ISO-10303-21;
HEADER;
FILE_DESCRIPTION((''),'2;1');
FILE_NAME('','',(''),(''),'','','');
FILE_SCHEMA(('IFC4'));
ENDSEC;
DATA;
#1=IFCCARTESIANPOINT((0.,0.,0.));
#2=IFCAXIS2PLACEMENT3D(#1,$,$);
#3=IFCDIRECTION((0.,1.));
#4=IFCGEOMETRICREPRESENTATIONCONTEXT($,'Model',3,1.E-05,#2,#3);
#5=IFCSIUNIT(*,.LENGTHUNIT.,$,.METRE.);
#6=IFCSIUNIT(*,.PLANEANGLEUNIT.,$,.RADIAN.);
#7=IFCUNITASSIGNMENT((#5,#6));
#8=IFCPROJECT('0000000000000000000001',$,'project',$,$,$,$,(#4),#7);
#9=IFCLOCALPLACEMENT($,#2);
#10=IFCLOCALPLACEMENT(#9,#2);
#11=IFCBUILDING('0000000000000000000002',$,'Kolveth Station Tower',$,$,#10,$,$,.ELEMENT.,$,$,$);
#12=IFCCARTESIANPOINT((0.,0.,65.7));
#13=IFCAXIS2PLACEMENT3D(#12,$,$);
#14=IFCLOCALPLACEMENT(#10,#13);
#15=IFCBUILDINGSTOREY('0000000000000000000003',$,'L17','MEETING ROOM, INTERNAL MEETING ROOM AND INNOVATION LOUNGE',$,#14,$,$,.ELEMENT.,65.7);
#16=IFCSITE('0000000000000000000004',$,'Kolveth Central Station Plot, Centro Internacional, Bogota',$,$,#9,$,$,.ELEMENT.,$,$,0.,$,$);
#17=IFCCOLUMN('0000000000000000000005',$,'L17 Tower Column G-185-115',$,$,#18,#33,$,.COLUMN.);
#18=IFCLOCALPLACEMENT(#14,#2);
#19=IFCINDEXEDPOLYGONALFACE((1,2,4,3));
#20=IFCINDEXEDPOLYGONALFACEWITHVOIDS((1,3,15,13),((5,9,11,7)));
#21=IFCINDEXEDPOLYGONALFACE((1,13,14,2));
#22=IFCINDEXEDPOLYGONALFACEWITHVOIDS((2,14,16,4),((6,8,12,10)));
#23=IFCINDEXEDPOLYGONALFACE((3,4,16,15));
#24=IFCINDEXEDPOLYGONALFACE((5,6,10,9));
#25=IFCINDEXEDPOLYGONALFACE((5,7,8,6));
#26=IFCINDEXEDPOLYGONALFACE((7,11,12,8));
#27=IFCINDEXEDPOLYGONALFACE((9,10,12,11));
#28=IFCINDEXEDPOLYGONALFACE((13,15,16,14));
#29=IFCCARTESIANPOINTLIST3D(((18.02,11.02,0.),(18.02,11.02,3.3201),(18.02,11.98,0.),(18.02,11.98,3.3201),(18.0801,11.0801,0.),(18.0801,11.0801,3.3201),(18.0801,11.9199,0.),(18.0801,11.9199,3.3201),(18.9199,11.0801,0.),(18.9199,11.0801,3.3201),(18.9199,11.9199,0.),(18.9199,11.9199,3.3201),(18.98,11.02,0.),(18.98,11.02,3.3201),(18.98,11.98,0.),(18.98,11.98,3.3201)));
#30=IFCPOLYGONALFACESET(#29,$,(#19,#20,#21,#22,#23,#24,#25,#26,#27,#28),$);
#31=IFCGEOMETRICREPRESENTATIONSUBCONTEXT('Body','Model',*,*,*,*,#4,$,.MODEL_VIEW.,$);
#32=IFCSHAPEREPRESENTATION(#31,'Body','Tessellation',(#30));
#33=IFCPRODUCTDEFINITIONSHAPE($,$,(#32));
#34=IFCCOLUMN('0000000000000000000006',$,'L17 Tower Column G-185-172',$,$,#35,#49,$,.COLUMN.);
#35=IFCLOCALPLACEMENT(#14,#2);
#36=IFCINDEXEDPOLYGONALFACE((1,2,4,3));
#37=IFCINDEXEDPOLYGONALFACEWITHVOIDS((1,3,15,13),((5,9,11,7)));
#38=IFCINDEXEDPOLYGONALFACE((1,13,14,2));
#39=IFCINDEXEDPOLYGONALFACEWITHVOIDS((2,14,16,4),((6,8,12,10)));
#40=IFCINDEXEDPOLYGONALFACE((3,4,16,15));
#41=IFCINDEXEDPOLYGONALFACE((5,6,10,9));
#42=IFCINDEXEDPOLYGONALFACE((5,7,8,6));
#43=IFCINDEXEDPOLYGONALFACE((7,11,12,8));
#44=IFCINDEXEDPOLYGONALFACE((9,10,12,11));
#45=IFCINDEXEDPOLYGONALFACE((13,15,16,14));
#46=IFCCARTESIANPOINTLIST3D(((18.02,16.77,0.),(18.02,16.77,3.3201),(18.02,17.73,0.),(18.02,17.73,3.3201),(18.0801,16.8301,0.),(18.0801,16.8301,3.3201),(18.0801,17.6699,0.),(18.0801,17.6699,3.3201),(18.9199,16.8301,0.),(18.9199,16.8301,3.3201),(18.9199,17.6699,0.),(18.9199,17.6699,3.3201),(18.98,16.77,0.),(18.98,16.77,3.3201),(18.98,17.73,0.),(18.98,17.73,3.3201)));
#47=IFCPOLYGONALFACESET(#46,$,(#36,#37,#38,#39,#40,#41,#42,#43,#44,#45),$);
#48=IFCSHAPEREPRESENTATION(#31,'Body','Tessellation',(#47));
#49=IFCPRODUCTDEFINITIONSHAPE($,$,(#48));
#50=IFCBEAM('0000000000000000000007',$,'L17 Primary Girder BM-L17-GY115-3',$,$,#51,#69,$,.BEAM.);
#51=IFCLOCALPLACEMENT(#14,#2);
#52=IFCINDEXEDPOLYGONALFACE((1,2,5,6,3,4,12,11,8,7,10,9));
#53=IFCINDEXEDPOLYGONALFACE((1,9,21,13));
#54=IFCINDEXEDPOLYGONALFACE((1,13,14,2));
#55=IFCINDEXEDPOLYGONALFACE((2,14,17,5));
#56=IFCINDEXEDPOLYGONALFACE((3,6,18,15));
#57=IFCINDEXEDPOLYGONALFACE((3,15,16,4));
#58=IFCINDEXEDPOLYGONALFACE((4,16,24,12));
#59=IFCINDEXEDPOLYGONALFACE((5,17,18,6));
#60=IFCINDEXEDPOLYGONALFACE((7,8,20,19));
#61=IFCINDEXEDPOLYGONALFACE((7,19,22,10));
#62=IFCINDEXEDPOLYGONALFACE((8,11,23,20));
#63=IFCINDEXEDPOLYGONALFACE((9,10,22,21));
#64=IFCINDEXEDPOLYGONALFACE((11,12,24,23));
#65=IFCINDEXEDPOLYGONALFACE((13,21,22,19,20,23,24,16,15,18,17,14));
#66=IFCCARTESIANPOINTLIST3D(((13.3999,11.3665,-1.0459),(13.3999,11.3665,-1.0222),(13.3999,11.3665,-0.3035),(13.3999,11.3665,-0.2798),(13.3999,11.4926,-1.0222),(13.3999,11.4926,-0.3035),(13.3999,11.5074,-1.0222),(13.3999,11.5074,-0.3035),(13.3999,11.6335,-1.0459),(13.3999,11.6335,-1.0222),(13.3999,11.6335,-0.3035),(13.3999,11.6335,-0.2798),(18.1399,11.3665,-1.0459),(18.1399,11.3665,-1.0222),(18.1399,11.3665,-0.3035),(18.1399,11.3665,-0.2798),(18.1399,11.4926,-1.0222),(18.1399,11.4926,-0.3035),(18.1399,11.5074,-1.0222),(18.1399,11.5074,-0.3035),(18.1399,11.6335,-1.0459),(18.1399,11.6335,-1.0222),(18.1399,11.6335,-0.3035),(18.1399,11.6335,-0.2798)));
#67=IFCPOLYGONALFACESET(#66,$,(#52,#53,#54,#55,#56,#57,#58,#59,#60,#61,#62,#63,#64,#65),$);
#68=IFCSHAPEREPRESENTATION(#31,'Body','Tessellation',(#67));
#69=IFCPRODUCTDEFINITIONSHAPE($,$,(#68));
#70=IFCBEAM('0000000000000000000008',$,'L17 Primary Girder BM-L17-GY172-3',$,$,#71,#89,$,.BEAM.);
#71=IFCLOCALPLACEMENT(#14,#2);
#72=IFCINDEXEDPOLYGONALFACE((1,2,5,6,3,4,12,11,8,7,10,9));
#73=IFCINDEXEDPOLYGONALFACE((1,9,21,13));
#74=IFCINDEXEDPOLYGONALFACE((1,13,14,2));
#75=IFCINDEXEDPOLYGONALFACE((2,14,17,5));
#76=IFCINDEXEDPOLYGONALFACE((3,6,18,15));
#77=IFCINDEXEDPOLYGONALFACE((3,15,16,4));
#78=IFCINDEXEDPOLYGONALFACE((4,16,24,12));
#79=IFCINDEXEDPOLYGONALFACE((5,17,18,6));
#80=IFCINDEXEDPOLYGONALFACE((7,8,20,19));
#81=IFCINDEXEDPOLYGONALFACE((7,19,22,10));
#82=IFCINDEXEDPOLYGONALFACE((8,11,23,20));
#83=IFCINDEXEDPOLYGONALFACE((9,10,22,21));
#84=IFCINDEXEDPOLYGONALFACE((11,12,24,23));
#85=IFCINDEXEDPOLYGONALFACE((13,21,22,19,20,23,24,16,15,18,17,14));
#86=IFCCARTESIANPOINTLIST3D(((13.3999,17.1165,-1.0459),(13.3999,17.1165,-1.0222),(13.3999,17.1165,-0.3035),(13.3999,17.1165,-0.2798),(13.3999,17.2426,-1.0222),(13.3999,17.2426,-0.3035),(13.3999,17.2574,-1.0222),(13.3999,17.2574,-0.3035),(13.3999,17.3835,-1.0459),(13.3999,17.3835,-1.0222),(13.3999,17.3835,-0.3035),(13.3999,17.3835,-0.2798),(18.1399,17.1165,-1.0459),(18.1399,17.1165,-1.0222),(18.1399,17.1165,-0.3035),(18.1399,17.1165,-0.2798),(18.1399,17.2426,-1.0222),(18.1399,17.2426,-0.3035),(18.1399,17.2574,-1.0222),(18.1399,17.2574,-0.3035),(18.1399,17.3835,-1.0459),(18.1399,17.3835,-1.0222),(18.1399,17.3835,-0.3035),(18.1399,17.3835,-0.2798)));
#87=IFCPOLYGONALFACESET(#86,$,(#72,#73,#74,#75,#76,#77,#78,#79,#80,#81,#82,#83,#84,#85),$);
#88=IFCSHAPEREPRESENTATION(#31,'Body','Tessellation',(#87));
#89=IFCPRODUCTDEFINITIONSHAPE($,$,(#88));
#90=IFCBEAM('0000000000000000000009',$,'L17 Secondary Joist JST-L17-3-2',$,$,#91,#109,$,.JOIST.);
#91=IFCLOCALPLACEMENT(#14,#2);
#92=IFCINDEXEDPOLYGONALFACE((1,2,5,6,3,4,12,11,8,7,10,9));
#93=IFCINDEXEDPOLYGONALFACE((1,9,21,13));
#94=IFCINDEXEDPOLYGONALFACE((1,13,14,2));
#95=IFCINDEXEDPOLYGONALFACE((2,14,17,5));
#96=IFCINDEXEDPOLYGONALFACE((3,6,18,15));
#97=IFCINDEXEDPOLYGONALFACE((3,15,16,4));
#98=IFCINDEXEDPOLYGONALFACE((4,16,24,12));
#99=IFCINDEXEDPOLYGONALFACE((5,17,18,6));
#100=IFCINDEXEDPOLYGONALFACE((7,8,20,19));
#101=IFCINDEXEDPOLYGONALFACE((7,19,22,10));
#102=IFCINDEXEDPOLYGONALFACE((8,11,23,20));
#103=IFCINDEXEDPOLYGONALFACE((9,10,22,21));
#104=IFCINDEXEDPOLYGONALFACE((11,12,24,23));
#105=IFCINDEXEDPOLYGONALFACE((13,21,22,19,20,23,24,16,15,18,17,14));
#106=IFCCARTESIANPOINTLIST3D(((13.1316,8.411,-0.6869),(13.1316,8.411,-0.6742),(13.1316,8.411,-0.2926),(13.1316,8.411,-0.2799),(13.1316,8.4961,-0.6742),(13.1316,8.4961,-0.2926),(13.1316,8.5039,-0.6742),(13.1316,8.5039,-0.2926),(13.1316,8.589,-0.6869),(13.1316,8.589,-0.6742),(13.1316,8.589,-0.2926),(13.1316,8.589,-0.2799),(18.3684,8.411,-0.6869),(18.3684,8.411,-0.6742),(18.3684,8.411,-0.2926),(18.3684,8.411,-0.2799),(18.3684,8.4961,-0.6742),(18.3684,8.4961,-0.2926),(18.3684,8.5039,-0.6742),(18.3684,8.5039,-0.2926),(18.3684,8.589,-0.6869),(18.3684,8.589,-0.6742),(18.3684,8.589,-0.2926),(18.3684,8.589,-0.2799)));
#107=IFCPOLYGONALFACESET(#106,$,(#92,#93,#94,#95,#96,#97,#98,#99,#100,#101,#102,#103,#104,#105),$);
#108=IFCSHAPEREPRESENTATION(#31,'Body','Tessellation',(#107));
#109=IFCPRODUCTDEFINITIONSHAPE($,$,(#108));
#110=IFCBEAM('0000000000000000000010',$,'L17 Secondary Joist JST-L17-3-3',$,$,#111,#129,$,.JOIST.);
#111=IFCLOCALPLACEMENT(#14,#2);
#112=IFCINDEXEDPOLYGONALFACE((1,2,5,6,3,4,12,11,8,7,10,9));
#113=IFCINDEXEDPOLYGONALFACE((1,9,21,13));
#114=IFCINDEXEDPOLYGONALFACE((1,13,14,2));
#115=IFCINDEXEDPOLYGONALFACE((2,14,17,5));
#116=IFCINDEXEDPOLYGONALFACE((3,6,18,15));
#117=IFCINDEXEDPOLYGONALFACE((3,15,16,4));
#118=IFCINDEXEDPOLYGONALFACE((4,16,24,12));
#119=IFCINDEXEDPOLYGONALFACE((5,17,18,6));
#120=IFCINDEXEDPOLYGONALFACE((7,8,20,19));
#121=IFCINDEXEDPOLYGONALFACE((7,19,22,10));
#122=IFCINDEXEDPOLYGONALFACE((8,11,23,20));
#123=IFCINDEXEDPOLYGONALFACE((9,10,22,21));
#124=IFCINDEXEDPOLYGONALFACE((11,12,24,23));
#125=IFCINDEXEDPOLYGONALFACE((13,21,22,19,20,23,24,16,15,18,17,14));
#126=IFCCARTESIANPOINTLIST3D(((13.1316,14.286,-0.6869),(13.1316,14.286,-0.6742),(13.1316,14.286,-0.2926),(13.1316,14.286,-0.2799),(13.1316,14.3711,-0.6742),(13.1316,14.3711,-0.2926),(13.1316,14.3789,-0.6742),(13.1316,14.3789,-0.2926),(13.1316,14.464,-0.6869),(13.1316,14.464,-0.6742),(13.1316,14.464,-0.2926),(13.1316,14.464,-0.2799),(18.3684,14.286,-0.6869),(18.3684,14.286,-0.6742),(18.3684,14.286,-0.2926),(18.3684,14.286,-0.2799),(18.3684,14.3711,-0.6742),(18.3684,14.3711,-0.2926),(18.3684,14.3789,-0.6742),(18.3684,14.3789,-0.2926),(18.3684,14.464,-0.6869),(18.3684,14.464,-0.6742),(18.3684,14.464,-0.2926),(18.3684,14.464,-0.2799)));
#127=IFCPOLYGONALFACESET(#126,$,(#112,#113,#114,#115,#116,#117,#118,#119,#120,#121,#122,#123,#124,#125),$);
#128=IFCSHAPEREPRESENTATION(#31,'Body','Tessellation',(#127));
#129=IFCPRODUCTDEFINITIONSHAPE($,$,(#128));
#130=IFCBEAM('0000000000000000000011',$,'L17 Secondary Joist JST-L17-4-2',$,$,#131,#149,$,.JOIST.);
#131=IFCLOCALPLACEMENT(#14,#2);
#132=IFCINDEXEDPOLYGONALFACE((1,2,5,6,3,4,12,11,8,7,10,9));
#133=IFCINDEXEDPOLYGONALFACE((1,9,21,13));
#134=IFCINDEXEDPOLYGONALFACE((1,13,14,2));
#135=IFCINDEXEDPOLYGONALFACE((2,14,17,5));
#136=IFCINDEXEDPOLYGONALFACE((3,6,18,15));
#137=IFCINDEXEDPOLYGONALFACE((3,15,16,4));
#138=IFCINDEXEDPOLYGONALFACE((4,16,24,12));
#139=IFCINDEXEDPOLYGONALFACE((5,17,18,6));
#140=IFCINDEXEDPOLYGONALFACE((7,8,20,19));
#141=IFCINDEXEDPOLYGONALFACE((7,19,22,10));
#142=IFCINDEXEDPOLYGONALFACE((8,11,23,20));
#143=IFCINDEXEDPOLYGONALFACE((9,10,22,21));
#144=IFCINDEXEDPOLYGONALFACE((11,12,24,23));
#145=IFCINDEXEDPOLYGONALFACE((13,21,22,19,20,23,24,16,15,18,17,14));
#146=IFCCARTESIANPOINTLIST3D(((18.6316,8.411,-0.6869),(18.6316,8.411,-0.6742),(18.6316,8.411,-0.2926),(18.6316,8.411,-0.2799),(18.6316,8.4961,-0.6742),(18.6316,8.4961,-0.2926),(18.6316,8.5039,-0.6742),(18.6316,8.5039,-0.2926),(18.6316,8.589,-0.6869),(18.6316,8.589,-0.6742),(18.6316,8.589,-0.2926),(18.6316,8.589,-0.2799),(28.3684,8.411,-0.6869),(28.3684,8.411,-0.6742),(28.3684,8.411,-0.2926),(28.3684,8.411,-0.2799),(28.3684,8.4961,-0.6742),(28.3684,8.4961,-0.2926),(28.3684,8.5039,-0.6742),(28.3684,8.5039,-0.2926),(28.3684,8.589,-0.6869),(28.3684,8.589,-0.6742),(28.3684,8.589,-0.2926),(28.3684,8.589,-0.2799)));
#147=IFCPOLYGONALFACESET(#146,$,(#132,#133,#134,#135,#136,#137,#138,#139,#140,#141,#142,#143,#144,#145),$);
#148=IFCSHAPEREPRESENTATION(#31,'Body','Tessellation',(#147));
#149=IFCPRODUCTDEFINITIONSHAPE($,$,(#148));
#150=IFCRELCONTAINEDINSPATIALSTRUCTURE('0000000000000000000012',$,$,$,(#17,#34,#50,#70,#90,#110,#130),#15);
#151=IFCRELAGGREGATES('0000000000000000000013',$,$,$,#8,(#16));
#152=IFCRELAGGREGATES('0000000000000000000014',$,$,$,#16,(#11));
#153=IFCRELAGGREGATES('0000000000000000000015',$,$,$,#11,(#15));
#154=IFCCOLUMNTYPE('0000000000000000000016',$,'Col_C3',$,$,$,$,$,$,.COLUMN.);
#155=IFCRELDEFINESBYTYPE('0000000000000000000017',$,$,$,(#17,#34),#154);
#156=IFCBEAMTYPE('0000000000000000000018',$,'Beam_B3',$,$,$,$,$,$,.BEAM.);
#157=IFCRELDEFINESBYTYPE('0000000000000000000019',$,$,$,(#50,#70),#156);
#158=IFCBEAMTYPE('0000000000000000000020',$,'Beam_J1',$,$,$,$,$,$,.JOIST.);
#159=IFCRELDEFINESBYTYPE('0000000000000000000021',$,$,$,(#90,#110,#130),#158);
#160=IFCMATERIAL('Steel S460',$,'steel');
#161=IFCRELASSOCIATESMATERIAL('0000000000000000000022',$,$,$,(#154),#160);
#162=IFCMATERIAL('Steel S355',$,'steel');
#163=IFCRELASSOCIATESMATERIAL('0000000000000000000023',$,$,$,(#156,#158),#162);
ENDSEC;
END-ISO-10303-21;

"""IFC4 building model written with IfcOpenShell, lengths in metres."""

from ifc_helpers import new_model, si_unit, direction, frame, origin, origin_2d, place, context, subcontext, project, spatial, hollow_rectangle, i_section, extrude, source, transform, mapped, material, material_profile, profile_set, type_object, element, save


model = new_model("IFC4")

# Units and contexts
model_context = context("Model", 3, precision=1e-05, world=origin(), true_north=direction((0.0, 1.0)))
body_context = subcontext(model_context, "Body", "Model", "MODEL_VIEW")
ifc_project = project(units=[si_unit("LENGTHUNIT", "METRE"), si_unit("PLANEANGLEUNIT", "RADIAN")], contexts=[model_context])

# Site, building, storey
site_placement = place(None, origin())
site = spatial("IfcSite", under=ifc_project, at=site_placement, Name="Kolveth Central Station Plot, Centro Internacional, Bogota", CompositionType="ELEMENT", RefElevation=0.0)
building_placement = place(site_placement, origin())
building = spatial("IfcBuilding", under=site, at=building_placement, Name="Kolveth Station Tower", CompositionType="ELEMENT")
storey_placement = place(building_placement, frame((0.0, 0.0, 65.7)))
storey = spatial("IfcBuildingStorey", under=building, at=storey_placement, Name="L17", Description="MEETING ROOM, INTERNAL MEETING ROOM AND INNOVATION LOUNGE", CompositionType="ELEMENT", Elevation=65.7)

# Columns
ifc_material_1 = material(Name="Steel S460", Category="steel")
ifc_material_profile_1 = material_profile(ifc_material_1, hollow_rectangle(XDim=0.96, YDim=0.96, WallThickness=0.0601, at=origin_2d()), Name="BOX960x960x60")
ifc_profile_set_1 = profile_set([ifc_material_profile_1], Name="Steel S460")
column_type = type_object("IfcColumnType", Name="Col_C3", PredefinedType="COLUMN", material=ifc_profile_set_1)
shared_shape_1 = source(origin(), body_context, "Body", "SweptSolid", [
    extrude(hollow_rectangle(XDim=0.96, YDim=0.96, WallThickness=0.0601, at=origin_2d()), origin(), (0.0, 0.0, 1.0), 3.3201),
])
for number, where, z_axis, x_axis, name in (
    (1, (18.5, 11.5, 0.0), (0.0, 0.0, 1.0), (1.0, 0.0, 0.0), "L17 Tower Column G-185-115"),
    (2, (18.5, 17.25, 0.0), (0.0, 0.0, 1.0), (1.0, 0.0, 0.0), "L17 Tower Column G-185-172"),
):
    element("IfcColumn", number, at=place(storey_placement, frame(where, z_axis=z_axis, x_axis=x_axis)), inside=storey, type_object=column_type, Name=name, PredefinedType="COLUMN", context=body_context, shape_type="MappedRepresentation", body=[
        mapped(shared_shape_1, transform((0.0, 0.0, 0.0), x_axis=(1.0, 0.0, 0.0), y_axis=(0.0, 1.0, 0.0), z_axis=(0.0, 0.0, 1.0), scale=1.0)),
    ])

# Beams
ifc_material_2 = material(Name="Steel S355", Category="steel")
ifc_material_profile_2 = material_profile(ifc_material_2, i_section(OverallWidth=0.2671, OverallDepth=0.7661, WebThickness=0.0149, FlangeThickness=0.0237, at=origin_2d()), Name="W760x185")
ifc_profile_set_2 = profile_set([ifc_material_profile_2], Name="Steel S355")
beam_type_1 = type_object("IfcBeamType", Name="Beam_B3", PredefinedType="BEAM", material=ifc_profile_set_2)
shared_shape_2 = source(origin(), body_context, "Body", "SweptSolid", [
    extrude(i_section(OverallWidth=0.2671, OverallDepth=0.7661, WebThickness=0.0149, FlangeThickness=0.0237, at=origin_2d()), origin(), (0.0, 0.0, 1.0), 4.74),
])
for number, where, z_axis, x_axis, name in (
    (3, (13.3999, 11.5, -0.6628), (1.0, 0.0, 0.0), (0.0, 1.0, 0.0), "L17 Primary Girder BM-L17-GY115-3"),
    (4, (13.3999, 17.25, -0.6628), (1.0, 0.0, 0.0), (0.0, 1.0, 0.0), "L17 Primary Girder BM-L17-GY172-3"),
):
    element("IfcBeam", number, at=place(storey_placement, frame(where, z_axis=z_axis, x_axis=x_axis)), inside=storey, type_object=beam_type_1, Name=name, PredefinedType="BEAM", context=body_context, shape_type="MappedRepresentation", body=[
        mapped(shared_shape_2, transform((0.0, 0.0, 0.0), x_axis=(1.0, 0.0, 0.0), y_axis=(0.0, 1.0, 0.0), z_axis=(0.0, 0.0, 1.0), scale=1.0)),
    ])
ifc_material_profile_3 = material_profile(ifc_material_2, i_section(OverallWidth=0.178, OverallDepth=0.407, WebThickness=0.0078, FlangeThickness=0.0127, at=origin_2d()), Name="W410x60")
ifc_profile_set_3 = profile_set([ifc_material_profile_3], Name="Steel S355")
beam_type_2 = type_object("IfcBeamType", Name="Beam_J1", PredefinedType="JOIST", material=ifc_profile_set_3)
shared_shape_3 = source(origin(), body_context, "Body", "SweptSolid", [
    extrude(i_section(OverallWidth=0.178, OverallDepth=0.407, WebThickness=0.0078, FlangeThickness=0.0127, at=origin_2d()), origin(), (0.0, 0.0, 1.0), 5.2368),
])
for number, where, z_axis, x_axis, name in (
    (5, (13.1316, 8.5, -0.4834), (1.0, 0.0, 0.0), (0.0, 1.0, 0.0), "L17 Secondary Joist JST-L17-3-2"),
    (6, (13.1316, 14.375, -0.4834), (1.0, 0.0, 0.0), (0.0, 1.0, 0.0), "L17 Secondary Joist JST-L17-3-3"),
):
    element("IfcBeam", number, at=place(storey_placement, frame(where, z_axis=z_axis, x_axis=x_axis)), inside=storey, type_object=beam_type_2, Name=name, PredefinedType="JOIST", context=body_context, shape_type="MappedRepresentation", body=[
        mapped(shared_shape_3, transform((0.0, 0.0, 0.0), x_axis=(1.0, 0.0, 0.0), y_axis=(0.0, 1.0, 0.0), z_axis=(0.0, 0.0, 1.0), scale=1.0)),
    ])
shared_shape_4 = source(origin(), body_context, "Body", "SweptSolid", [
    extrude(i_section(OverallWidth=0.178, OverallDepth=0.407, WebThickness=0.0078, FlangeThickness=0.0127, at=origin_2d()), origin(), (0.0, 0.0, 1.0), 9.7368),
])
beam_placement = place(storey_placement, frame((18.6316, 8.5, -0.4834), z_axis=(1.0, 0.0, 0.0), x_axis=(0.0, 1.0, 0.0)))
element("IfcBeam", 7, at=beam_placement, inside=storey, type_object=beam_type_2, Name="L17 Secondary Joist JST-L17-4-2", PredefinedType="JOIST", context=body_context, shape_type="MappedRepresentation", body=[
    mapped(shared_shape_4, transform((0.0, 0.0, 0.0), x_axis=(1.0, 0.0, 0.0), y_axis=(0.0, 1.0, 0.0), z_axis=(0.0, 0.0, 1.0), scale=1.0)),
])

save(model, "model.ifc")
